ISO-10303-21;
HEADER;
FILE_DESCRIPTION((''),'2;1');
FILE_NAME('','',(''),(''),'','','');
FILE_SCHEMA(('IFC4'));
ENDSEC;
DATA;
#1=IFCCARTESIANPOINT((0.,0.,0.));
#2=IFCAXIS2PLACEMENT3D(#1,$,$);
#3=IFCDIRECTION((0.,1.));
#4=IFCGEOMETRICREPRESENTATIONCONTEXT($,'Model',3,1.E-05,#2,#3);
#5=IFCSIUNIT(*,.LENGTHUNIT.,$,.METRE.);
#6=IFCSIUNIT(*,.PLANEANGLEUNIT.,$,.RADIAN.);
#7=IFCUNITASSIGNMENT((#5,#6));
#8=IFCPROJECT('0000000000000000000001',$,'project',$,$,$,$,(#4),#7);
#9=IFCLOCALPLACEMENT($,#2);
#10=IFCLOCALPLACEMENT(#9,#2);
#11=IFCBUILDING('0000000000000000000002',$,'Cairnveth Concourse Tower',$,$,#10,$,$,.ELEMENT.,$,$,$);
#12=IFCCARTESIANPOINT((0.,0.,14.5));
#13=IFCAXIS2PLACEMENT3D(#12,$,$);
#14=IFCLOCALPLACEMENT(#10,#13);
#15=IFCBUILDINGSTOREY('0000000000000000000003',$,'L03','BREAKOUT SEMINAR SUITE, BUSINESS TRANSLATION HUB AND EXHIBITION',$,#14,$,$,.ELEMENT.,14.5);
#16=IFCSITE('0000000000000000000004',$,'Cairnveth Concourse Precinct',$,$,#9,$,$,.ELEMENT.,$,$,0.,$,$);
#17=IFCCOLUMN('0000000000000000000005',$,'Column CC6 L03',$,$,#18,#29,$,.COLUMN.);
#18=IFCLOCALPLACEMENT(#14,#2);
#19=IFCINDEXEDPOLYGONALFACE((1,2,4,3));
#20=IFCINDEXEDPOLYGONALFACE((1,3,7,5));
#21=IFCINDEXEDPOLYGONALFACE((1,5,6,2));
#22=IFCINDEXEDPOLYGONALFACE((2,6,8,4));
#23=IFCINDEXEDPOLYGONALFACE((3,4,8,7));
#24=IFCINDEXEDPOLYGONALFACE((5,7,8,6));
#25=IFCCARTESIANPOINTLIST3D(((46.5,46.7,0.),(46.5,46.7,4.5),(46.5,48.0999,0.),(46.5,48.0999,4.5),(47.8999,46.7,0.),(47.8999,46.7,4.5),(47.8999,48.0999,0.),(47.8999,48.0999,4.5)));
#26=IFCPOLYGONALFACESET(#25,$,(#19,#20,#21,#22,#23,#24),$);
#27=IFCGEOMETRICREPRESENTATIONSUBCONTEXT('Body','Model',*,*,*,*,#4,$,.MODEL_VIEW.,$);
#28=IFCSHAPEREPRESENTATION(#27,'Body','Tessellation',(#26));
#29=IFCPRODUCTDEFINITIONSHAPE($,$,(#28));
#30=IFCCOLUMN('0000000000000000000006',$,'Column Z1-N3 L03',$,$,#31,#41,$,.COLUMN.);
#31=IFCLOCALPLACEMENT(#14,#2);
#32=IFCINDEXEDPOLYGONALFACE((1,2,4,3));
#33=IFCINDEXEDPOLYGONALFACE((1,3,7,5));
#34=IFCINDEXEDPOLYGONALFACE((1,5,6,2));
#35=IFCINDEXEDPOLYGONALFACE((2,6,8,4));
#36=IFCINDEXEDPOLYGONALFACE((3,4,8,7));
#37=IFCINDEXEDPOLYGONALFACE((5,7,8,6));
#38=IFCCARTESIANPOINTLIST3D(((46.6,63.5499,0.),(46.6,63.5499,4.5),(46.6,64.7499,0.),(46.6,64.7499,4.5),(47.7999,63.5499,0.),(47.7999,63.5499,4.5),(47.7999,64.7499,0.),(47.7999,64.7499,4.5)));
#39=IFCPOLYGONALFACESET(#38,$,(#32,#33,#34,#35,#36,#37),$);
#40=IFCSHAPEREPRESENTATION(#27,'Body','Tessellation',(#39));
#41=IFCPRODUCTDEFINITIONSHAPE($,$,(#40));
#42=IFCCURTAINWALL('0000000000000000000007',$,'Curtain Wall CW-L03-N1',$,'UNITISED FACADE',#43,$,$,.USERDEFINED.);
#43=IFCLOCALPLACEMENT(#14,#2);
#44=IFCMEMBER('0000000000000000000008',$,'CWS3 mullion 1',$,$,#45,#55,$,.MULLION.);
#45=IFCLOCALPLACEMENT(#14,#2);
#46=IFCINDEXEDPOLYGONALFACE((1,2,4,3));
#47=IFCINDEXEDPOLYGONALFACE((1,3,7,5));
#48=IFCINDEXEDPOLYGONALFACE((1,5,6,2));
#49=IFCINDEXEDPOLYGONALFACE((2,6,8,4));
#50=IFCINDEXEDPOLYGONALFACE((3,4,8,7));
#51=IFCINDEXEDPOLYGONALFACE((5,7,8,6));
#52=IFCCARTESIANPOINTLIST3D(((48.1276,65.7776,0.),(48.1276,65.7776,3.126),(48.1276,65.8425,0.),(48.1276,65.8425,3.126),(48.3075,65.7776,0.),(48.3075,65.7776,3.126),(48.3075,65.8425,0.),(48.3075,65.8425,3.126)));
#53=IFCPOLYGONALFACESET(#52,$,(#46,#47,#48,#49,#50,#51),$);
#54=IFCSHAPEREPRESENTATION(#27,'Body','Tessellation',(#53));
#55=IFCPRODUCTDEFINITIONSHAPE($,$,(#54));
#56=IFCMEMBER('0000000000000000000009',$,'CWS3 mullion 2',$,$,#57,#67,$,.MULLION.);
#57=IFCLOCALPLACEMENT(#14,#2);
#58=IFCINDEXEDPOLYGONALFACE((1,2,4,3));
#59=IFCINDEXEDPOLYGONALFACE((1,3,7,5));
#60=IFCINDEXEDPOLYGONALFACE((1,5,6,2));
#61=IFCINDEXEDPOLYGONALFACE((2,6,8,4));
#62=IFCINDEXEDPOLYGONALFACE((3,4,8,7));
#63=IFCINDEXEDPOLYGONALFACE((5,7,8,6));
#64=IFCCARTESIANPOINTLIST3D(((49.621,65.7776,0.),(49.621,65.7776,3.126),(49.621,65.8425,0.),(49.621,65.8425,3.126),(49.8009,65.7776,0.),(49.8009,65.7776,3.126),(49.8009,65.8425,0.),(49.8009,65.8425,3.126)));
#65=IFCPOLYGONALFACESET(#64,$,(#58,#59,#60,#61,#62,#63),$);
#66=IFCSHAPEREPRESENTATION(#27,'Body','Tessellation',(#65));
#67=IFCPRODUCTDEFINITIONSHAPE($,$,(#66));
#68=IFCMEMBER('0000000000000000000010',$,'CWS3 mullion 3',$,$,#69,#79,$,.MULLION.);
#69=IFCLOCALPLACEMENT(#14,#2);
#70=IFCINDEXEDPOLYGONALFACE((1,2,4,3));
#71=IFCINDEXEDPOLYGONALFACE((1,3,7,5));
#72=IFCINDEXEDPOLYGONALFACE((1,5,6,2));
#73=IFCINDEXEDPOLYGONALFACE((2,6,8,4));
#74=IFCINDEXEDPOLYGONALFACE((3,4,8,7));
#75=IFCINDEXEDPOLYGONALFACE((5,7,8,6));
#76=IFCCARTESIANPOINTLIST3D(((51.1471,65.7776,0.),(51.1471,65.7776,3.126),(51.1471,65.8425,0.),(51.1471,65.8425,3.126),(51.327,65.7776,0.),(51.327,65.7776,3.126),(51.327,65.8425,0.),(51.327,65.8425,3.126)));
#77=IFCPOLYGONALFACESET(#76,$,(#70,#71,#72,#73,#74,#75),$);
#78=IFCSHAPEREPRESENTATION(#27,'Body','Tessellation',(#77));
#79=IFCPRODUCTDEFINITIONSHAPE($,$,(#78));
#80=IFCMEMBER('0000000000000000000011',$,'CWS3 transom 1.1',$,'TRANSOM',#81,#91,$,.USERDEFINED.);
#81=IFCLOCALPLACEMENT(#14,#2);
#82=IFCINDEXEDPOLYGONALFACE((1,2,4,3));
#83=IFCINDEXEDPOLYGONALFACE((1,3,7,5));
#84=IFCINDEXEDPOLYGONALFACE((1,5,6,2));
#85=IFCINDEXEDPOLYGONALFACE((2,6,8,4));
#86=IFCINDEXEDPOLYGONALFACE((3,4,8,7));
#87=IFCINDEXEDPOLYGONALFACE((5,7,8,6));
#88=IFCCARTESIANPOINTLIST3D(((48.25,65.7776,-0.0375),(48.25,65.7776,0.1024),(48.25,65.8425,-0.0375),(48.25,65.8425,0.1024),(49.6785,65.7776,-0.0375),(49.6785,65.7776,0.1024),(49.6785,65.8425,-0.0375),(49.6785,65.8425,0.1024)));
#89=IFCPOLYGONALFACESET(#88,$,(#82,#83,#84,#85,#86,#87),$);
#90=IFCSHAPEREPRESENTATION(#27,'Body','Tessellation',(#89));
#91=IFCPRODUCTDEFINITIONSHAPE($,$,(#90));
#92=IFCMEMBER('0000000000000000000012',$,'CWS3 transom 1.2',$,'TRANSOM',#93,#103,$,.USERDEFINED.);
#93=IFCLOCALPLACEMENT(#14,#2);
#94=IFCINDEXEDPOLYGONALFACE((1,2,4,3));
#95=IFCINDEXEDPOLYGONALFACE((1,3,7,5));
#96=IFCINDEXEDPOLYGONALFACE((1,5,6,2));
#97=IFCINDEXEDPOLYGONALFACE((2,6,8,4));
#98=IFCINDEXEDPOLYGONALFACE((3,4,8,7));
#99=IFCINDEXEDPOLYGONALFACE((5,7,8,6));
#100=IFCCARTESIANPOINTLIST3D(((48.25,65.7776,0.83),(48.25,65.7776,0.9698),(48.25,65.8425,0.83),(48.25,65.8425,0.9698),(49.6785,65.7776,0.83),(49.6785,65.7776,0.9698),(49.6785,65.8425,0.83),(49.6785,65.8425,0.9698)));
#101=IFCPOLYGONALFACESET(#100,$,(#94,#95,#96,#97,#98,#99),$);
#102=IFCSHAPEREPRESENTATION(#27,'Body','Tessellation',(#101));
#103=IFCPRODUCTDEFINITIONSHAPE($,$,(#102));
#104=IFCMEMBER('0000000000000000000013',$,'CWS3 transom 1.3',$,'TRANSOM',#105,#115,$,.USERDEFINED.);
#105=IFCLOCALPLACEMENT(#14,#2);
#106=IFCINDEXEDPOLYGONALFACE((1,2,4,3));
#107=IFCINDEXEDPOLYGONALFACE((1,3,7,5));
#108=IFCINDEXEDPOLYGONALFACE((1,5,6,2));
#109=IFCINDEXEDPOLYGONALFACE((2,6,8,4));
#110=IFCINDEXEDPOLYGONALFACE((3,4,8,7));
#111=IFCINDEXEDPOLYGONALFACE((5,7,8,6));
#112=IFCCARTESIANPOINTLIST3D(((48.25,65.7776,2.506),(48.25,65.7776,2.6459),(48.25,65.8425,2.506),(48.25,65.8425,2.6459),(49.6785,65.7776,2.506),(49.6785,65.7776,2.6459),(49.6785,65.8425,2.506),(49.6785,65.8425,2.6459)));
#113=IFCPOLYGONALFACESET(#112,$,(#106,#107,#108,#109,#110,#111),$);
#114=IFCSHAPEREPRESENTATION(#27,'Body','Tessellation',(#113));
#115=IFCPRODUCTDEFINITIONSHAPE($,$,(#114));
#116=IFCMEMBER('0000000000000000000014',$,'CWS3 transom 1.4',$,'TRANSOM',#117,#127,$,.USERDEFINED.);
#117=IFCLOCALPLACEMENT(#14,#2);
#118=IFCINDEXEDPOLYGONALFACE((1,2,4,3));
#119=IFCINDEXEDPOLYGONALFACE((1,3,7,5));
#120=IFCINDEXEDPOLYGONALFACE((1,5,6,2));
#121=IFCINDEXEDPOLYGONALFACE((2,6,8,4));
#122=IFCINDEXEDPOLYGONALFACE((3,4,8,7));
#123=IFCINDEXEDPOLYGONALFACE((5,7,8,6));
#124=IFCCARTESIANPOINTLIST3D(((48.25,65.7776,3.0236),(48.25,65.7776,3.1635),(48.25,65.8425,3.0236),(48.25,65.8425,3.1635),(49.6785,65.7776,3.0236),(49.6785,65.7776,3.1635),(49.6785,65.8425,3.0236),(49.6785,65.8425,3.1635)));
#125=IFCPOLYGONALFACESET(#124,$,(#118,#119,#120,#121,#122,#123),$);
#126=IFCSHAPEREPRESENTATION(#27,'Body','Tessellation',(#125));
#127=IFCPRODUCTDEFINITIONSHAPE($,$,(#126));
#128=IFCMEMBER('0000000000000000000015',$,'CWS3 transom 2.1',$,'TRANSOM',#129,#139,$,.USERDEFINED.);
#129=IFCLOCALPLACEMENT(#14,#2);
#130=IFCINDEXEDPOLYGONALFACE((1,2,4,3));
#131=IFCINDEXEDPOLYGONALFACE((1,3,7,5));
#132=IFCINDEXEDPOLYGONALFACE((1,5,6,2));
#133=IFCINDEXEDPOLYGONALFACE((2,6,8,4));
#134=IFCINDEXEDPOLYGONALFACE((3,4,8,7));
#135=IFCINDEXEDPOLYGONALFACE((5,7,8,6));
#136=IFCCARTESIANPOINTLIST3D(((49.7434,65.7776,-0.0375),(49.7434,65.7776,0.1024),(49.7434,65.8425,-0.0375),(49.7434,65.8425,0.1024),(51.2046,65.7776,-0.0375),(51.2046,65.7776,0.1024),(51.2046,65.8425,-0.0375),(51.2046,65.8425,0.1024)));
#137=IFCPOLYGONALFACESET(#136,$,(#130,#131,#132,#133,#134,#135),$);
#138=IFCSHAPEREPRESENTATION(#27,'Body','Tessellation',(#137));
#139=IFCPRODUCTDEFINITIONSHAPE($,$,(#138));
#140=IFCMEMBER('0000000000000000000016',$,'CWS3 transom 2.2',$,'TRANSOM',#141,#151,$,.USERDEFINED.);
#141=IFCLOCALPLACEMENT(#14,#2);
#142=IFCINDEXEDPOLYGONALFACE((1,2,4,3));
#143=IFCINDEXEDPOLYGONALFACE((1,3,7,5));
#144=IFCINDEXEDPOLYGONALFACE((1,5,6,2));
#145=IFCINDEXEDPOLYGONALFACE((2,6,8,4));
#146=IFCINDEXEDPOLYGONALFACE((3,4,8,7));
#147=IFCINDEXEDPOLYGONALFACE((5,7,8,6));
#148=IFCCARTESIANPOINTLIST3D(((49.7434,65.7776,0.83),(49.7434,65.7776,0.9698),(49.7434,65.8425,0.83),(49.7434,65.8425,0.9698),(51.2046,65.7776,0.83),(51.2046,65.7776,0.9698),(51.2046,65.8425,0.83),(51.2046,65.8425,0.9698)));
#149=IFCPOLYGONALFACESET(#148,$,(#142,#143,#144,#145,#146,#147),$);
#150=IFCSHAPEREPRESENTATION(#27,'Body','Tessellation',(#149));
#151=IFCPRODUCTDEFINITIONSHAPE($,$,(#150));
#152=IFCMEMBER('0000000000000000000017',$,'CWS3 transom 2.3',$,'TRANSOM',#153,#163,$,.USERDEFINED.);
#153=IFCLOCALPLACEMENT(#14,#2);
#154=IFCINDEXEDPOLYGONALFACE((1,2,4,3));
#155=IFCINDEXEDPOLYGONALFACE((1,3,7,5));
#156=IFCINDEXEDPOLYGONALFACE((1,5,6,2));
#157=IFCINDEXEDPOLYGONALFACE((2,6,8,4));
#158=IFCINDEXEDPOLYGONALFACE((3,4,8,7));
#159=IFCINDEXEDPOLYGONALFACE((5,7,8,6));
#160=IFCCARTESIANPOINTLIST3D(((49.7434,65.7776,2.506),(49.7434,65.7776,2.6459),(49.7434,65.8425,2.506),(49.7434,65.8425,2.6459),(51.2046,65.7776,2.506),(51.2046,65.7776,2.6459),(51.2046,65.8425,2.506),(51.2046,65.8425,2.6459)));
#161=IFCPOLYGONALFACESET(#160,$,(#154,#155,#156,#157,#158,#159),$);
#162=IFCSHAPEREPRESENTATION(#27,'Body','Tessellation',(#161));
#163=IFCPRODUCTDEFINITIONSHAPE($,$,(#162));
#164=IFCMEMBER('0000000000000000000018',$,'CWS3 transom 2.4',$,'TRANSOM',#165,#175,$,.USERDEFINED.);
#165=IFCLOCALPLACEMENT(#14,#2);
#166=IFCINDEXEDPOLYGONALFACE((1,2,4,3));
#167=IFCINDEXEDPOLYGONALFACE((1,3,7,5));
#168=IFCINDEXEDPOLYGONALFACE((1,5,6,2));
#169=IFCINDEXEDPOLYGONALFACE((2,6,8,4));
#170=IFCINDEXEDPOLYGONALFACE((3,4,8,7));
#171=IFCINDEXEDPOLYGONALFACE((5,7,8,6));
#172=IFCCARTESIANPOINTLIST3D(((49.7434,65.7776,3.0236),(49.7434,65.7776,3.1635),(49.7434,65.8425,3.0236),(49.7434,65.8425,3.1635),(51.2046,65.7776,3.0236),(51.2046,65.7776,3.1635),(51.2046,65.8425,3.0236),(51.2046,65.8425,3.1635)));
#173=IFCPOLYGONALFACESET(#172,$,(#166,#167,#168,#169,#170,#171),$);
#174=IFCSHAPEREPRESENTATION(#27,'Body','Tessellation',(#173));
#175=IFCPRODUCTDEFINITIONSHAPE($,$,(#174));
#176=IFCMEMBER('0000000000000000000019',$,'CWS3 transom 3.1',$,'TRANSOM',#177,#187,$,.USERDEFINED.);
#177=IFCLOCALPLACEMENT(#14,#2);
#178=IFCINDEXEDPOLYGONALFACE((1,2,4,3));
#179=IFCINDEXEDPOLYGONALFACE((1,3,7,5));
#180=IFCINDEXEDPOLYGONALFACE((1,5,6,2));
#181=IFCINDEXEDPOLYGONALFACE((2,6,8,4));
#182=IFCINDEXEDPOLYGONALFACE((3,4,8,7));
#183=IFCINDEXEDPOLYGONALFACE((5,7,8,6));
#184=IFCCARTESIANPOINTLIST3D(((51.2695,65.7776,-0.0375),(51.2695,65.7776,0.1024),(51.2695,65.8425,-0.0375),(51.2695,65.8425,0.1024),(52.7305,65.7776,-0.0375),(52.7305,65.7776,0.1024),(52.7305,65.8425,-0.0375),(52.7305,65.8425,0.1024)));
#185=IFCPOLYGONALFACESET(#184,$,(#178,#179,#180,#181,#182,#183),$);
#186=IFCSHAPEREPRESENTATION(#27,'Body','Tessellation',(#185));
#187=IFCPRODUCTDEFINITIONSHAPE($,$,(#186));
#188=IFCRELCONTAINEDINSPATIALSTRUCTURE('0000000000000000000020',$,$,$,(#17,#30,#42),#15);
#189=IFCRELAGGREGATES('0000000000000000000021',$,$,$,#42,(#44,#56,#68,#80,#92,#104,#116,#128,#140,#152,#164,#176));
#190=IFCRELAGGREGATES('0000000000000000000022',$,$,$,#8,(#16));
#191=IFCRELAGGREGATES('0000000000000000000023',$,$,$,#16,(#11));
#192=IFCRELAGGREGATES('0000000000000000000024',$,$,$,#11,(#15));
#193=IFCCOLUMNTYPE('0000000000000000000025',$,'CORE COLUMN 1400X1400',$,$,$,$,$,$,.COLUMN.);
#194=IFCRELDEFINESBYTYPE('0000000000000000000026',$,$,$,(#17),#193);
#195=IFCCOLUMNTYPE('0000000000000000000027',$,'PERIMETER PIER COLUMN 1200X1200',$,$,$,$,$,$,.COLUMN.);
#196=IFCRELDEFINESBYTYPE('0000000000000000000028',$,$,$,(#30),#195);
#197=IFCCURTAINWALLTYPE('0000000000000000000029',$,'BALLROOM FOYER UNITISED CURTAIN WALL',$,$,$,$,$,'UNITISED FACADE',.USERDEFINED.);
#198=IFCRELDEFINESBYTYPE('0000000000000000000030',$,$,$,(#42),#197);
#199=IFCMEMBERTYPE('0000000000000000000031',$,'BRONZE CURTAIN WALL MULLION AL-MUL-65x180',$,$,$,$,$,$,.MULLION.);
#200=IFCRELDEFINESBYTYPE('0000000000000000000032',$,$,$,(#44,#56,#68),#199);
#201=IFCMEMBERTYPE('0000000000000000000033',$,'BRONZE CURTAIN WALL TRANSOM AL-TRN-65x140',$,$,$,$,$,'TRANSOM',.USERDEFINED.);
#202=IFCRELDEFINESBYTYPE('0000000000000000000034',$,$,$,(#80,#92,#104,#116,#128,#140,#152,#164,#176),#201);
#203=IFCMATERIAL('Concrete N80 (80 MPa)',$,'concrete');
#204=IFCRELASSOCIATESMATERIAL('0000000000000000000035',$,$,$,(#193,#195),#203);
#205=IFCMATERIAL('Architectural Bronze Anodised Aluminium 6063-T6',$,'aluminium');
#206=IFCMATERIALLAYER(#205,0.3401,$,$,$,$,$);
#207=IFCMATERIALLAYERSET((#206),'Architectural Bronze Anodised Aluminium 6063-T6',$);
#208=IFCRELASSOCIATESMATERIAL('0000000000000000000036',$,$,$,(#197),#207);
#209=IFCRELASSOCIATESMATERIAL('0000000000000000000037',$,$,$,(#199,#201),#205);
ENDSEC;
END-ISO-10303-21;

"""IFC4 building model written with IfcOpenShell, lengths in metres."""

from ifc_helpers import new_model, si_unit, direction, frame, origin, origin_2d, place, context, subcontext, project, spatial, rectangle, extrude, material, layer, layer_set, material_profile, profile_set, type_object, element, aggregate, save


model = new_model("IFC4")

# Units and contexts
model_context = context("Model", 3, precision=1e-05, world=origin(), true_north=direction((0.0, 1.0)))
body_context = subcontext(model_context, "Body", "Model", "MODEL_VIEW")
ifc_project = project(units=[si_unit("LENGTHUNIT", "METRE"), si_unit("PLANEANGLEUNIT", "RADIAN")], contexts=[model_context])

# Site, building, storey
site_placement = place(None, origin())
site = spatial("IfcSite", under=ifc_project, at=site_placement, Name="Cairnveth Concourse Precinct", CompositionType="ELEMENT", RefElevation=0.0)
building_placement = place(site_placement, origin())
building = spatial("IfcBuilding", under=site, at=building_placement, Name="Cairnveth Concourse Tower", CompositionType="ELEMENT")
storey_placement = place(building_placement, frame((0.0, 0.0, 14.5)))
storey = spatial("IfcBuildingStorey", under=building, at=storey_placement, Name="L03", Description="BREAKOUT SEMINAR SUITE, BUSINESS TRANSLATION HUB AND EXHIBITION", CompositionType="ELEMENT", Elevation=14.5)

# Columns
ifc_material_1 = material(Name="Concrete N80 (80 MPa)", Category="concrete")
ifc_material_profile_1 = material_profile(ifc_material_1, rectangle(XDim=1.3999, YDim=1.3999, at=origin_2d()), Name="RC-COL-1400x1400")
ifc_profile_set_1 = profile_set([ifc_material_profile_1], Name="Concrete N80 (80 MPa)")
column_type_1 = type_object("IfcColumnType", Name="CORE COLUMN 1400X1400", PredefinedType="COLUMN", material=ifc_profile_set_1)
column_1_placement = place(storey_placement, frame((47.2, 47.3999, 0.0), z_axis=(0.0, 0.0, 1.0), x_axis=(1.0, 0.0, 0.0)))
element("IfcColumn", 1, at=column_1_placement, inside=storey, type_object=column_type_1, Name="Column CC6 L03", PredefinedType="COLUMN", context=body_context, shape_type="SweptSolid", body=[
    extrude(rectangle(XDim=1.3999, YDim=1.3999, at=origin_2d()), origin(), (0.0, 0.0, 1.0), 4.5),
])
ifc_material_profile_2 = material_profile(ifc_material_1, rectangle(XDim=1.2, YDim=1.2, at=origin_2d()), Name="RC-COL-1200x1200")
ifc_profile_set_2 = profile_set([ifc_material_profile_2], Name="Concrete N80 (80 MPa)")
column_type_2 = type_object("IfcColumnType", Name="PERIMETER PIER COLUMN 1200X1200", PredefinedType="COLUMN", material=ifc_profile_set_2)
column_2_placement = place(storey_placement, frame((47.2, 64.1499, 0.0), z_axis=(0.0, 0.0, 1.0), x_axis=(1.0, 0.0, 0.0)))
element("IfcColumn", 2, at=column_2_placement, inside=storey, type_object=column_type_2, Name="Column Z1-N3 L03", PredefinedType="COLUMN", context=body_context, shape_type="SweptSolid", body=[
    extrude(rectangle(XDim=1.2, YDim=1.2, at=origin_2d()), origin(), (0.0, 0.0, 1.0), 4.5),
])

# Curtain wall, members
ifc_material_2 = material(Name="Architectural Bronze Anodised Aluminium 6063-T6", Category="aluminium")
ifc_layer_1 = layer(ifc_material_2, 0.3401)
ifc_layer_set_1 = layer_set([ifc_layer_1], Name="Architectural Bronze Anodised Aluminium 6063-T6")
curtain_wall_type = type_object("IfcCurtainWallType", Name="BALLROOM FOYER UNITISED CURTAIN WALL", ElementType="UNITISED FACADE", PredefinedType="USERDEFINED", material=ifc_layer_set_1)
curtain_wall_placement = place(storey_placement, origin())
curtain_wall = element("IfcCurtainWall", 3, at=curtain_wall_placement, inside=storey, type_object=curtain_wall_type, Name="Curtain Wall CW-L03-N1", ObjectType="UNITISED FACADE", PredefinedType="USERDEFINED")
ifc_material_profile_3 = material_profile(ifc_material_2, rectangle(XDim=0.0649, YDim=0.1799, at=origin_2d()), Name="AL-MUL-65x180")
ifc_profile_set_3 = profile_set([ifc_material_profile_3], Name="Architectural Bronze Anodised Aluminium 6063-T6")
member_type_1 = type_object("IfcMemberType", Name="BRONZE CURTAIN WALL MULLION AL-MUL-65x180", PredefinedType="MULLION", material=ifc_profile_set_3)
member_1_placement = place(storey_placement, frame((48.2175, 65.8101, 0.0), z_axis=(0.0, 0.0, 1.0), x_axis=(0.0, 1.0, 0.0)))
member_1 = element("IfcMember", 4, at=member_1_placement, type_object=member_type_1, Name="CWS3 mullion 1", PredefinedType="MULLION", context=body_context, shape_type="SweptSolid", body=[
    extrude(rectangle(XDim=0.0649, YDim=0.1799, at=origin_2d()), origin(), (0.0, 0.0, 1.0), 3.126),
])
member_2_placement = place(storey_placement, frame((49.7109, 65.8101, 0.0), z_axis=(0.0, 0.0, 1.0), x_axis=(0.0, 1.0, 0.0)))
member_2 = element("IfcMember", 5, at=member_2_placement, type_object=member_type_1, Name="CWS3 mullion 2", PredefinedType="MULLION", context=body_context, shape_type="SweptSolid", body=[
    extrude(rectangle(XDim=0.0649, YDim=0.1799, at=origin_2d()), origin(), (0.0, 0.0, 1.0), 3.126),
])
member_3_placement = place(storey_placement, frame((51.2371, 65.8101, 0.0), z_axis=(0.0, 0.0, 1.0), x_axis=(0.0, 1.0, 0.0)))
member_3 = element("IfcMember", 6, at=member_3_placement, type_object=member_type_1, Name="CWS3 mullion 3", PredefinedType="MULLION", context=body_context, shape_type="SweptSolid", body=[
    extrude(rectangle(XDim=0.0649, YDim=0.1799, at=origin_2d()), origin(), (0.0, 0.0, 1.0), 3.126),
])
ifc_material_profile_4 = material_profile(ifc_material_2, rectangle(XDim=0.0649, YDim=0.1399, at=origin_2d()), Name="AL-TRN-65x140")
ifc_profile_set_4 = profile_set([ifc_material_profile_4], Name="Architectural Bronze Anodised Aluminium 6063-T6")
member_type_2 = type_object("IfcMemberType", Name="BRONZE CURTAIN WALL TRANSOM AL-TRN-65x140", ElementType="TRANSOM", PredefinedType="USERDEFINED", material=ifc_profile_set_4)
member_4_placement = place(storey_placement, frame((48.25, 65.8101, 0.0325), z_axis=(1.0, 0.0, 0.0), x_axis=(0.0, 1.0, 0.0)))
member_4 = element("IfcMember", 7, at=member_4_placement, type_object=member_type_2, Name="CWS3 transom 1.1", ObjectType="TRANSOM", PredefinedType="USERDEFINED", context=body_context, shape_type="SweptSolid", body=[
    extrude(rectangle(XDim=0.0649, YDim=0.1399, at=origin_2d()), origin(), (0.0, 0.0, 1.0), 1.4285),
])
member_5_placement = place(storey_placement, frame((48.25, 65.8101, 0.8999), z_axis=(1.0, 0.0, 0.0), x_axis=(0.0, 1.0, 0.0)))
member_5 = element("IfcMember", 8, at=member_5_placement, type_object=member_type_2, Name="CWS3 transom 1.2", ObjectType="TRANSOM", PredefinedType="USERDEFINED", context=body_context, shape_type="SweptSolid", body=[
    extrude(rectangle(XDim=0.0649, YDim=0.1399, at=origin_2d()), origin(), (0.0, 0.0, 1.0), 1.4285),
])
member_6_placement = place(storey_placement, frame((48.25, 65.8101, 2.5759), z_axis=(1.0, 0.0, 0.0), x_axis=(0.0, 1.0, 0.0)))
member_6 = element("IfcMember", 9, at=member_6_placement, type_object=member_type_2, Name="CWS3 transom 1.3", ObjectType="TRANSOM", PredefinedType="USERDEFINED", context=body_context, shape_type="SweptSolid", body=[
    extrude(rectangle(XDim=0.0649, YDim=0.1399, at=origin_2d()), origin(), (0.0, 0.0, 1.0), 1.4285),
])
member_7_placement = place(storey_placement, frame((48.25, 65.8101, 3.0935), z_axis=(1.0, 0.0, 0.0), x_axis=(0.0, 1.0, 0.0)))
member_7 = element("IfcMember", 10, at=member_7_placement, type_object=member_type_2, Name="CWS3 transom 1.4", ObjectType="TRANSOM", PredefinedType="USERDEFINED", context=body_context, shape_type="SweptSolid", body=[
    extrude(rectangle(XDim=0.0649, YDim=0.1399, at=origin_2d()), origin(), (0.0, 0.0, 1.0), 1.4285),
])
member_8_placement = place(storey_placement, frame((49.7434, 65.8101, 0.0325), z_axis=(1.0, 0.0, 0.0), x_axis=(0.0, 1.0, 0.0)))
member_8 = element("IfcMember", 11, at=member_8_placement, type_object=member_type_2, Name="CWS3 transom 2.1", ObjectType="TRANSOM", PredefinedType="USERDEFINED", context=body_context, shape_type="SweptSolid", body=[
    extrude(rectangle(XDim=0.0649, YDim=0.1399, at=origin_2d()), origin(), (0.0, 0.0, 1.0), 1.4612),
])
member_9_placement = place(storey_placement, frame((49.7434, 65.8101, 0.8999), z_axis=(1.0, 0.0, 0.0), x_axis=(0.0, 1.0, 0.0)))
member_9 = element("IfcMember", 12, at=member_9_placement, type_object=member_type_2, Name="CWS3 transom 2.2", ObjectType="TRANSOM", PredefinedType="USERDEFINED", context=body_context, shape_type="SweptSolid", body=[
    extrude(rectangle(XDim=0.0649, YDim=0.1399, at=origin_2d()), origin(), (0.0, 0.0, 1.0), 1.4612),
])
member_10_placement = place(storey_placement, frame((49.7434, 65.8101, 2.5759), z_axis=(1.0, 0.0, 0.0), x_axis=(0.0, 1.0, 0.0)))
member_10 = element("IfcMember", 13, at=member_10_placement, type_object=member_type_2, Name="CWS3 transom 2.3", ObjectType="TRANSOM", PredefinedType="USERDEFINED", context=body_context, shape_type="SweptSolid", body=[
    extrude(rectangle(XDim=0.0649, YDim=0.1399, at=origin_2d()), origin(), (0.0, 0.0, 1.0), 1.4612),
])
member_11_placement = place(storey_placement, frame((49.7434, 65.8101, 3.0935), z_axis=(1.0, 0.0, 0.0), x_axis=(0.0, 1.0, 0.0)))
member_11 = element("IfcMember", 14, at=member_11_placement, type_object=member_type_2, Name="CWS3 transom 2.4", ObjectType="TRANSOM", PredefinedType="USERDEFINED", context=body_context, shape_type="SweptSolid", body=[
    extrude(rectangle(XDim=0.0649, YDim=0.1399, at=origin_2d()), origin(), (0.0, 0.0, 1.0), 1.4612),
])
member_12_placement = place(storey_placement, frame((51.2695, 65.8101, 0.0325), z_axis=(1.0, 0.0, 0.0), x_axis=(0.0, 1.0, 0.0)))
member_12 = element("IfcMember", 15, at=member_12_placement, type_object=member_type_2, Name="CWS3 transom 3.1", ObjectType="TRANSOM", PredefinedType="USERDEFINED", context=body_context, shape_type="SweptSolid", body=[
    extrude(rectangle(XDim=0.0649, YDim=0.1399, at=origin_2d()), origin(), (0.0, 0.0, 1.0), 1.4609),
])

aggregate(curtain_wall, [member_1, member_2, member_3, member_4, member_5, member_6, member_7, member_8, member_9, member_10, member_11, member_12])

save(model, "model.ifc")
